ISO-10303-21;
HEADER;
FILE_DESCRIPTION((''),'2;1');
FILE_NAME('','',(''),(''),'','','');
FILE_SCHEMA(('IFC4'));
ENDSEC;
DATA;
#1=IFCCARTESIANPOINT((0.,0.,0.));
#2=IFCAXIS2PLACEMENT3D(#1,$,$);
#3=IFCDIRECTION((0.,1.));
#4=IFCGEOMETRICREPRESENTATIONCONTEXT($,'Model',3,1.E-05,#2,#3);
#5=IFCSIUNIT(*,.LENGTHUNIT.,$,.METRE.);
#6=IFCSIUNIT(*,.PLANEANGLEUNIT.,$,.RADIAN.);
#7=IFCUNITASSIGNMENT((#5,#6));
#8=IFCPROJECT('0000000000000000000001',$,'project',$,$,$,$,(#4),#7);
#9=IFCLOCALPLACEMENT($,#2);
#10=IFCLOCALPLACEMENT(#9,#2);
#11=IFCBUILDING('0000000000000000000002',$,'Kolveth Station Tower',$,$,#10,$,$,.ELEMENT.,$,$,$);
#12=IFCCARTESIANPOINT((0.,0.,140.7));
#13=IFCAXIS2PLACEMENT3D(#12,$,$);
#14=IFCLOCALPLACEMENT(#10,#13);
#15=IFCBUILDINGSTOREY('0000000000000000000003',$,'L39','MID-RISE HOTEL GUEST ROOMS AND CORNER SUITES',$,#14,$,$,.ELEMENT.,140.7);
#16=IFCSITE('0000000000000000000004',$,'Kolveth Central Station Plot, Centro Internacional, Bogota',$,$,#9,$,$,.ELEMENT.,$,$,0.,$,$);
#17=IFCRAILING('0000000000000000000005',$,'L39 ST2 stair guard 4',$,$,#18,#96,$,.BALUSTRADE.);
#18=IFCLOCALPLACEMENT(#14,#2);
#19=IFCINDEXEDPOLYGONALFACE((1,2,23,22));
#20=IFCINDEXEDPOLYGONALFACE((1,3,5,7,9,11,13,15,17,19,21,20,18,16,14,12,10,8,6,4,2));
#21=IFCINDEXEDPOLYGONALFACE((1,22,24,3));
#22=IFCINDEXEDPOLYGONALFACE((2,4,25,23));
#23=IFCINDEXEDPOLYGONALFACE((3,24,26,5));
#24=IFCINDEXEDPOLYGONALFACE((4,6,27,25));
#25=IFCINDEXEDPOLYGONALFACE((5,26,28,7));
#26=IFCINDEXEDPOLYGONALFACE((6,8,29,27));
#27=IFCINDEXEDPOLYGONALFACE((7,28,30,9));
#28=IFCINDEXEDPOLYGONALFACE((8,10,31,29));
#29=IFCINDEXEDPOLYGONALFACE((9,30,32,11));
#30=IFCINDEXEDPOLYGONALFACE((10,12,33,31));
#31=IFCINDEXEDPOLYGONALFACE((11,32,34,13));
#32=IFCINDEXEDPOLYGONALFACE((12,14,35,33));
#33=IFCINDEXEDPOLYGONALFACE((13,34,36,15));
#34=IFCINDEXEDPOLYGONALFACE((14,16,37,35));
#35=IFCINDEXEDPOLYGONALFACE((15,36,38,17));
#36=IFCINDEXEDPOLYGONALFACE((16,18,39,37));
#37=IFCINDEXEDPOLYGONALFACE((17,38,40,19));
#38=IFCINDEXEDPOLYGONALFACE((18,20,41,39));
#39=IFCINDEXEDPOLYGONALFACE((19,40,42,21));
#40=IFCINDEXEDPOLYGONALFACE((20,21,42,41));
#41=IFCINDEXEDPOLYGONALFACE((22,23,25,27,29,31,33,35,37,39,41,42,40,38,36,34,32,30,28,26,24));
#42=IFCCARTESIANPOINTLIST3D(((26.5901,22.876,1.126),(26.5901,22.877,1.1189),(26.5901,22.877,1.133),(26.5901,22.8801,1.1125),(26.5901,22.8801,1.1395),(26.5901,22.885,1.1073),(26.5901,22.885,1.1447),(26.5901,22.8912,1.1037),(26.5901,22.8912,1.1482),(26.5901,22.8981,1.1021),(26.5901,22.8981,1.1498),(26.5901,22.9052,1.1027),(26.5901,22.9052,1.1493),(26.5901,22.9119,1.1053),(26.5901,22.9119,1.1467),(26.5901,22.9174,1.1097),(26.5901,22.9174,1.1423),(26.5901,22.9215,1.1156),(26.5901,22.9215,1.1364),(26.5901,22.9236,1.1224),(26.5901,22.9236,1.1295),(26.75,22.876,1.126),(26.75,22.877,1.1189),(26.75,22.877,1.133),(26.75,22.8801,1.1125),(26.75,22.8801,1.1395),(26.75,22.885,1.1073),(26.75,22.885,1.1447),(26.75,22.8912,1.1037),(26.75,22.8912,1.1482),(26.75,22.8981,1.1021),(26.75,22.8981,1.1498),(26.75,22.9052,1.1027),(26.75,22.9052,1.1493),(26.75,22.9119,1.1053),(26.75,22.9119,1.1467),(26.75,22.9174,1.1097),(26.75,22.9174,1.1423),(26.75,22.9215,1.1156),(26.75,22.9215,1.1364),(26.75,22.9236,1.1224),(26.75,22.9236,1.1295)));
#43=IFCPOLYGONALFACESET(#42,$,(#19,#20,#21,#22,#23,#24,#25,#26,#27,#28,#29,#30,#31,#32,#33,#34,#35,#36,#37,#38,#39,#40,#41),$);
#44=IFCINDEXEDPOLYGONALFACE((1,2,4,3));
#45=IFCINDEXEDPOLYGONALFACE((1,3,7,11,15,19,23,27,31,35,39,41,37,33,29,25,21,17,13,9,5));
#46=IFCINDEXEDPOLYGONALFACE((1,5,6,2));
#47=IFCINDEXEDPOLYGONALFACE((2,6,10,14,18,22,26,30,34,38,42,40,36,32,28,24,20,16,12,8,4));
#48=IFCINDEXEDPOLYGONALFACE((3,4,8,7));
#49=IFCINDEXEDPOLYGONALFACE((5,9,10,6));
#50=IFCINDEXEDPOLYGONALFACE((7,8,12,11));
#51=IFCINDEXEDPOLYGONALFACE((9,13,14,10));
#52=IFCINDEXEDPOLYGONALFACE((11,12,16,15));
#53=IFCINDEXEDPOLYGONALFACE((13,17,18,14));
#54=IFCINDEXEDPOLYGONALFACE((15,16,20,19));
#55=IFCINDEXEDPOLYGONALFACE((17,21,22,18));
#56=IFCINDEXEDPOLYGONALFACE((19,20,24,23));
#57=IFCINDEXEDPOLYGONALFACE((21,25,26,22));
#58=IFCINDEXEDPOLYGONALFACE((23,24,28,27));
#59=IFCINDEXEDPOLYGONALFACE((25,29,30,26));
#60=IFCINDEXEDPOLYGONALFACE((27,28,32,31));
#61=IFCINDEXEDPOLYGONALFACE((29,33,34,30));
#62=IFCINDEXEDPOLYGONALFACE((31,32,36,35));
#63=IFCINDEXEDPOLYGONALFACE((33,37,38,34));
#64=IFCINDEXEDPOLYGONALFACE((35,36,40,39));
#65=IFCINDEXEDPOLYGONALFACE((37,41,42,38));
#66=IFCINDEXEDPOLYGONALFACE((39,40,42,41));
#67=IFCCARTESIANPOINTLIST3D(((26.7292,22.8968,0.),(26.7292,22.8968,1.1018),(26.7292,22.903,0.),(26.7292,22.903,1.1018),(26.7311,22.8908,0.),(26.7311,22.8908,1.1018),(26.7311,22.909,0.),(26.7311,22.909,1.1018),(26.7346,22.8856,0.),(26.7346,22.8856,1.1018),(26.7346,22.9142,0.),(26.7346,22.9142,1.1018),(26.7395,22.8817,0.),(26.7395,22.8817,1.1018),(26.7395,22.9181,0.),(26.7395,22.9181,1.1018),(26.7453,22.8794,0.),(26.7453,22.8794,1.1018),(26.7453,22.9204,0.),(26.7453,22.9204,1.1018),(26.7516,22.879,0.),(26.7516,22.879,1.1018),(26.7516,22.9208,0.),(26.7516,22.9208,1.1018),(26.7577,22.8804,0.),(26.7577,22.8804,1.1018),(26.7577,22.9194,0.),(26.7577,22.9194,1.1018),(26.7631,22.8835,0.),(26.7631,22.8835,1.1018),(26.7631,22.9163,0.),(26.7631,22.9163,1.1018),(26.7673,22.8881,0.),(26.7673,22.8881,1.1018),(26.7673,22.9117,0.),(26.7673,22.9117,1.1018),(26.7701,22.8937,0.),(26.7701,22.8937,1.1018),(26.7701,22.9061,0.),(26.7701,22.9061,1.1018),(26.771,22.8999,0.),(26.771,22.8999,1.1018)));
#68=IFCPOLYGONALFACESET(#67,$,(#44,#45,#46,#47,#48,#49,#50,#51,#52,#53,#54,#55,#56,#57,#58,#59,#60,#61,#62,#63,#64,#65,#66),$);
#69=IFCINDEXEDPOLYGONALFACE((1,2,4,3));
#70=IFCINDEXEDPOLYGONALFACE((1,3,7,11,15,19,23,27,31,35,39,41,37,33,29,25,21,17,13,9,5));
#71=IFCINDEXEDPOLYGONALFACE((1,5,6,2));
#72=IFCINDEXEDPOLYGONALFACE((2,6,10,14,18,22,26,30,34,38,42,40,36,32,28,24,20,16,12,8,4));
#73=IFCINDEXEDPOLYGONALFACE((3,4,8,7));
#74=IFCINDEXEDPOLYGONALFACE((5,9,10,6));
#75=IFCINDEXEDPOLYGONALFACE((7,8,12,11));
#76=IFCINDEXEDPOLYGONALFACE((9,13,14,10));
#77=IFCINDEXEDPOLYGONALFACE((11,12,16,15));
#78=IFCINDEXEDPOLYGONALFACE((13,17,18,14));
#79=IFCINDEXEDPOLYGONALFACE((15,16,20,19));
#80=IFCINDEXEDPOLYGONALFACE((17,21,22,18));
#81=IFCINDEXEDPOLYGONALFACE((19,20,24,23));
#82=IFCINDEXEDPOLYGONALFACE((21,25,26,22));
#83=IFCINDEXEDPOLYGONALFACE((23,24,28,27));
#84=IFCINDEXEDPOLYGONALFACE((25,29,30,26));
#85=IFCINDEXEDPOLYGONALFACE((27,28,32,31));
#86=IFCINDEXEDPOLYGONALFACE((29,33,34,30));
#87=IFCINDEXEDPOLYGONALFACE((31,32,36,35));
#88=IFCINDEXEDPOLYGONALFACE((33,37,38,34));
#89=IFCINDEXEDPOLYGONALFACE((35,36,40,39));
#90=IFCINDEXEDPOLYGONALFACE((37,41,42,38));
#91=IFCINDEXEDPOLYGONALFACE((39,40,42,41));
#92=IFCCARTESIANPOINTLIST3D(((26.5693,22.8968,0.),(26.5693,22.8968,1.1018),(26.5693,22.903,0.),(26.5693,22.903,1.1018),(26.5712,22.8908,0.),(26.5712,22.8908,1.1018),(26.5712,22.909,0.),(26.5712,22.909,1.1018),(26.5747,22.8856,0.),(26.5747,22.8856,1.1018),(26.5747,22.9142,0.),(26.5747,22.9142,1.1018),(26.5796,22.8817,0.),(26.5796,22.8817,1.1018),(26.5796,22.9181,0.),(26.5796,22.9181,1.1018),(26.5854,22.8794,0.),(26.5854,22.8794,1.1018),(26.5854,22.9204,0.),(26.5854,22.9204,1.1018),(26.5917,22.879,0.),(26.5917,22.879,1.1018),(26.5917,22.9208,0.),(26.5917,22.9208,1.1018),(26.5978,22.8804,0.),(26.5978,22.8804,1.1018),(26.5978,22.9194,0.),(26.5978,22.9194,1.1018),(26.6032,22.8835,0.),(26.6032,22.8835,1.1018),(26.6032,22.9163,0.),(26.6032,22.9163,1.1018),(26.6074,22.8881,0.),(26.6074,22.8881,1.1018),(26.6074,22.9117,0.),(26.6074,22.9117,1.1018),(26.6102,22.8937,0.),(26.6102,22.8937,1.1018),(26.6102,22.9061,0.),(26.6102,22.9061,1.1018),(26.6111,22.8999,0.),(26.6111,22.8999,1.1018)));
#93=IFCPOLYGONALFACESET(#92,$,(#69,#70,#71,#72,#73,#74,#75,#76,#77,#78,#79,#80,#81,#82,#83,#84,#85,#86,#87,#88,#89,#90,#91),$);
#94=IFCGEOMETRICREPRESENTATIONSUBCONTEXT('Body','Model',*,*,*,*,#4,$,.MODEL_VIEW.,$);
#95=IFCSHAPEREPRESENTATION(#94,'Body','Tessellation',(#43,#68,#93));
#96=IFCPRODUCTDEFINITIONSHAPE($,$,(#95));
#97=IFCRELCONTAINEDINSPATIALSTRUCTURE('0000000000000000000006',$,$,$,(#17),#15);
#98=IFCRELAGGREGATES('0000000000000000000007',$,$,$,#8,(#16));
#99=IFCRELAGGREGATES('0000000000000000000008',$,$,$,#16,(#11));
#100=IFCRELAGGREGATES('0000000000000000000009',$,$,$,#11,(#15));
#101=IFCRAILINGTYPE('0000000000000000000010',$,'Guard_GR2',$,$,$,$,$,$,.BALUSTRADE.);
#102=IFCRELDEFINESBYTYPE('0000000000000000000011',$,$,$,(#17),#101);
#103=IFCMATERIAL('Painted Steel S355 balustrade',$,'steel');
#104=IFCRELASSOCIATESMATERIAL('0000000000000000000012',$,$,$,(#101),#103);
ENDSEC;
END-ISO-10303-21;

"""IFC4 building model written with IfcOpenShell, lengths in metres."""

from ifc_helpers import new_model, si_unit, direction, frame, origin, origin_2d, place, context, subcontext, project, spatial, circle, extrude, material, type_object, element, save


model = new_model("IFC4")

# Units and contexts
model_context = context("Model", 3, precision=1e-05, world=origin(), true_north=direction((0.0, 1.0)))
body_context = subcontext(model_context, "Body", "Model", "MODEL_VIEW")
ifc_project = project(units=[si_unit("LENGTHUNIT", "METRE"), si_unit("PLANEANGLEUNIT", "RADIAN")], contexts=[model_context])

# Site, building, storey
site_placement = place(None, origin())
site = spatial("IfcSite", under=ifc_project, at=site_placement, Name="Kolveth Central Station Plot, Centro Internacional, Bogota", CompositionType="ELEMENT", RefElevation=0.0)
building_placement = place(site_placement, origin())
building = spatial("IfcBuilding", under=site, at=building_placement, Name="Kolveth Station Tower", CompositionType="ELEMENT")
storey_placement = place(building_placement, frame((0.0, 0.0, 140.7)))
storey = spatial("IfcBuildingStorey", under=building, at=storey_placement, Name="L39", Description="MID-RISE HOTEL GUEST ROOMS AND CORNER SUITES", CompositionType="ELEMENT", Elevation=140.7)

# Railing
ifc_material_1 = material(Name="Painted Steel S355 balustrade", Category="steel")
railing_type_1 = type_object("IfcRailingType", Name="Guard_GR2", PredefinedType="BALUSTRADE", material=ifc_material_1)
railing_1_placement = place(storey_placement, frame((26.75, 22.8999, 0.0)))
element("IfcRailing", 1, at=railing_1_placement, inside=storey, type_object=railing_type_1, Name="L39 ST2 stair guard 4", PredefinedType="BALUSTRADE", context=body_context, shape_type="SweptSolid", body=[
    extrude(circle(Radius=0.0239, at=origin_2d()), frame((0.0, 0.0, 1.126), z_axis=(-1.0, 0.0, 0.0), x_axis=(0.0, -1.0, 0.0)), (0.0, 0.0, 1.0), 0.1599),
    extrude(circle(Radius=0.021, at=origin_2d()), origin(), (0.0, 0.0, 1.0), 1.1018),
    extrude(circle(Radius=0.021, at=origin_2d()), frame((-0.1599, 0.0, 0.0)), (0.0, 0.0, 1.0), 1.1018),
])

save(model, "model.ifc")
